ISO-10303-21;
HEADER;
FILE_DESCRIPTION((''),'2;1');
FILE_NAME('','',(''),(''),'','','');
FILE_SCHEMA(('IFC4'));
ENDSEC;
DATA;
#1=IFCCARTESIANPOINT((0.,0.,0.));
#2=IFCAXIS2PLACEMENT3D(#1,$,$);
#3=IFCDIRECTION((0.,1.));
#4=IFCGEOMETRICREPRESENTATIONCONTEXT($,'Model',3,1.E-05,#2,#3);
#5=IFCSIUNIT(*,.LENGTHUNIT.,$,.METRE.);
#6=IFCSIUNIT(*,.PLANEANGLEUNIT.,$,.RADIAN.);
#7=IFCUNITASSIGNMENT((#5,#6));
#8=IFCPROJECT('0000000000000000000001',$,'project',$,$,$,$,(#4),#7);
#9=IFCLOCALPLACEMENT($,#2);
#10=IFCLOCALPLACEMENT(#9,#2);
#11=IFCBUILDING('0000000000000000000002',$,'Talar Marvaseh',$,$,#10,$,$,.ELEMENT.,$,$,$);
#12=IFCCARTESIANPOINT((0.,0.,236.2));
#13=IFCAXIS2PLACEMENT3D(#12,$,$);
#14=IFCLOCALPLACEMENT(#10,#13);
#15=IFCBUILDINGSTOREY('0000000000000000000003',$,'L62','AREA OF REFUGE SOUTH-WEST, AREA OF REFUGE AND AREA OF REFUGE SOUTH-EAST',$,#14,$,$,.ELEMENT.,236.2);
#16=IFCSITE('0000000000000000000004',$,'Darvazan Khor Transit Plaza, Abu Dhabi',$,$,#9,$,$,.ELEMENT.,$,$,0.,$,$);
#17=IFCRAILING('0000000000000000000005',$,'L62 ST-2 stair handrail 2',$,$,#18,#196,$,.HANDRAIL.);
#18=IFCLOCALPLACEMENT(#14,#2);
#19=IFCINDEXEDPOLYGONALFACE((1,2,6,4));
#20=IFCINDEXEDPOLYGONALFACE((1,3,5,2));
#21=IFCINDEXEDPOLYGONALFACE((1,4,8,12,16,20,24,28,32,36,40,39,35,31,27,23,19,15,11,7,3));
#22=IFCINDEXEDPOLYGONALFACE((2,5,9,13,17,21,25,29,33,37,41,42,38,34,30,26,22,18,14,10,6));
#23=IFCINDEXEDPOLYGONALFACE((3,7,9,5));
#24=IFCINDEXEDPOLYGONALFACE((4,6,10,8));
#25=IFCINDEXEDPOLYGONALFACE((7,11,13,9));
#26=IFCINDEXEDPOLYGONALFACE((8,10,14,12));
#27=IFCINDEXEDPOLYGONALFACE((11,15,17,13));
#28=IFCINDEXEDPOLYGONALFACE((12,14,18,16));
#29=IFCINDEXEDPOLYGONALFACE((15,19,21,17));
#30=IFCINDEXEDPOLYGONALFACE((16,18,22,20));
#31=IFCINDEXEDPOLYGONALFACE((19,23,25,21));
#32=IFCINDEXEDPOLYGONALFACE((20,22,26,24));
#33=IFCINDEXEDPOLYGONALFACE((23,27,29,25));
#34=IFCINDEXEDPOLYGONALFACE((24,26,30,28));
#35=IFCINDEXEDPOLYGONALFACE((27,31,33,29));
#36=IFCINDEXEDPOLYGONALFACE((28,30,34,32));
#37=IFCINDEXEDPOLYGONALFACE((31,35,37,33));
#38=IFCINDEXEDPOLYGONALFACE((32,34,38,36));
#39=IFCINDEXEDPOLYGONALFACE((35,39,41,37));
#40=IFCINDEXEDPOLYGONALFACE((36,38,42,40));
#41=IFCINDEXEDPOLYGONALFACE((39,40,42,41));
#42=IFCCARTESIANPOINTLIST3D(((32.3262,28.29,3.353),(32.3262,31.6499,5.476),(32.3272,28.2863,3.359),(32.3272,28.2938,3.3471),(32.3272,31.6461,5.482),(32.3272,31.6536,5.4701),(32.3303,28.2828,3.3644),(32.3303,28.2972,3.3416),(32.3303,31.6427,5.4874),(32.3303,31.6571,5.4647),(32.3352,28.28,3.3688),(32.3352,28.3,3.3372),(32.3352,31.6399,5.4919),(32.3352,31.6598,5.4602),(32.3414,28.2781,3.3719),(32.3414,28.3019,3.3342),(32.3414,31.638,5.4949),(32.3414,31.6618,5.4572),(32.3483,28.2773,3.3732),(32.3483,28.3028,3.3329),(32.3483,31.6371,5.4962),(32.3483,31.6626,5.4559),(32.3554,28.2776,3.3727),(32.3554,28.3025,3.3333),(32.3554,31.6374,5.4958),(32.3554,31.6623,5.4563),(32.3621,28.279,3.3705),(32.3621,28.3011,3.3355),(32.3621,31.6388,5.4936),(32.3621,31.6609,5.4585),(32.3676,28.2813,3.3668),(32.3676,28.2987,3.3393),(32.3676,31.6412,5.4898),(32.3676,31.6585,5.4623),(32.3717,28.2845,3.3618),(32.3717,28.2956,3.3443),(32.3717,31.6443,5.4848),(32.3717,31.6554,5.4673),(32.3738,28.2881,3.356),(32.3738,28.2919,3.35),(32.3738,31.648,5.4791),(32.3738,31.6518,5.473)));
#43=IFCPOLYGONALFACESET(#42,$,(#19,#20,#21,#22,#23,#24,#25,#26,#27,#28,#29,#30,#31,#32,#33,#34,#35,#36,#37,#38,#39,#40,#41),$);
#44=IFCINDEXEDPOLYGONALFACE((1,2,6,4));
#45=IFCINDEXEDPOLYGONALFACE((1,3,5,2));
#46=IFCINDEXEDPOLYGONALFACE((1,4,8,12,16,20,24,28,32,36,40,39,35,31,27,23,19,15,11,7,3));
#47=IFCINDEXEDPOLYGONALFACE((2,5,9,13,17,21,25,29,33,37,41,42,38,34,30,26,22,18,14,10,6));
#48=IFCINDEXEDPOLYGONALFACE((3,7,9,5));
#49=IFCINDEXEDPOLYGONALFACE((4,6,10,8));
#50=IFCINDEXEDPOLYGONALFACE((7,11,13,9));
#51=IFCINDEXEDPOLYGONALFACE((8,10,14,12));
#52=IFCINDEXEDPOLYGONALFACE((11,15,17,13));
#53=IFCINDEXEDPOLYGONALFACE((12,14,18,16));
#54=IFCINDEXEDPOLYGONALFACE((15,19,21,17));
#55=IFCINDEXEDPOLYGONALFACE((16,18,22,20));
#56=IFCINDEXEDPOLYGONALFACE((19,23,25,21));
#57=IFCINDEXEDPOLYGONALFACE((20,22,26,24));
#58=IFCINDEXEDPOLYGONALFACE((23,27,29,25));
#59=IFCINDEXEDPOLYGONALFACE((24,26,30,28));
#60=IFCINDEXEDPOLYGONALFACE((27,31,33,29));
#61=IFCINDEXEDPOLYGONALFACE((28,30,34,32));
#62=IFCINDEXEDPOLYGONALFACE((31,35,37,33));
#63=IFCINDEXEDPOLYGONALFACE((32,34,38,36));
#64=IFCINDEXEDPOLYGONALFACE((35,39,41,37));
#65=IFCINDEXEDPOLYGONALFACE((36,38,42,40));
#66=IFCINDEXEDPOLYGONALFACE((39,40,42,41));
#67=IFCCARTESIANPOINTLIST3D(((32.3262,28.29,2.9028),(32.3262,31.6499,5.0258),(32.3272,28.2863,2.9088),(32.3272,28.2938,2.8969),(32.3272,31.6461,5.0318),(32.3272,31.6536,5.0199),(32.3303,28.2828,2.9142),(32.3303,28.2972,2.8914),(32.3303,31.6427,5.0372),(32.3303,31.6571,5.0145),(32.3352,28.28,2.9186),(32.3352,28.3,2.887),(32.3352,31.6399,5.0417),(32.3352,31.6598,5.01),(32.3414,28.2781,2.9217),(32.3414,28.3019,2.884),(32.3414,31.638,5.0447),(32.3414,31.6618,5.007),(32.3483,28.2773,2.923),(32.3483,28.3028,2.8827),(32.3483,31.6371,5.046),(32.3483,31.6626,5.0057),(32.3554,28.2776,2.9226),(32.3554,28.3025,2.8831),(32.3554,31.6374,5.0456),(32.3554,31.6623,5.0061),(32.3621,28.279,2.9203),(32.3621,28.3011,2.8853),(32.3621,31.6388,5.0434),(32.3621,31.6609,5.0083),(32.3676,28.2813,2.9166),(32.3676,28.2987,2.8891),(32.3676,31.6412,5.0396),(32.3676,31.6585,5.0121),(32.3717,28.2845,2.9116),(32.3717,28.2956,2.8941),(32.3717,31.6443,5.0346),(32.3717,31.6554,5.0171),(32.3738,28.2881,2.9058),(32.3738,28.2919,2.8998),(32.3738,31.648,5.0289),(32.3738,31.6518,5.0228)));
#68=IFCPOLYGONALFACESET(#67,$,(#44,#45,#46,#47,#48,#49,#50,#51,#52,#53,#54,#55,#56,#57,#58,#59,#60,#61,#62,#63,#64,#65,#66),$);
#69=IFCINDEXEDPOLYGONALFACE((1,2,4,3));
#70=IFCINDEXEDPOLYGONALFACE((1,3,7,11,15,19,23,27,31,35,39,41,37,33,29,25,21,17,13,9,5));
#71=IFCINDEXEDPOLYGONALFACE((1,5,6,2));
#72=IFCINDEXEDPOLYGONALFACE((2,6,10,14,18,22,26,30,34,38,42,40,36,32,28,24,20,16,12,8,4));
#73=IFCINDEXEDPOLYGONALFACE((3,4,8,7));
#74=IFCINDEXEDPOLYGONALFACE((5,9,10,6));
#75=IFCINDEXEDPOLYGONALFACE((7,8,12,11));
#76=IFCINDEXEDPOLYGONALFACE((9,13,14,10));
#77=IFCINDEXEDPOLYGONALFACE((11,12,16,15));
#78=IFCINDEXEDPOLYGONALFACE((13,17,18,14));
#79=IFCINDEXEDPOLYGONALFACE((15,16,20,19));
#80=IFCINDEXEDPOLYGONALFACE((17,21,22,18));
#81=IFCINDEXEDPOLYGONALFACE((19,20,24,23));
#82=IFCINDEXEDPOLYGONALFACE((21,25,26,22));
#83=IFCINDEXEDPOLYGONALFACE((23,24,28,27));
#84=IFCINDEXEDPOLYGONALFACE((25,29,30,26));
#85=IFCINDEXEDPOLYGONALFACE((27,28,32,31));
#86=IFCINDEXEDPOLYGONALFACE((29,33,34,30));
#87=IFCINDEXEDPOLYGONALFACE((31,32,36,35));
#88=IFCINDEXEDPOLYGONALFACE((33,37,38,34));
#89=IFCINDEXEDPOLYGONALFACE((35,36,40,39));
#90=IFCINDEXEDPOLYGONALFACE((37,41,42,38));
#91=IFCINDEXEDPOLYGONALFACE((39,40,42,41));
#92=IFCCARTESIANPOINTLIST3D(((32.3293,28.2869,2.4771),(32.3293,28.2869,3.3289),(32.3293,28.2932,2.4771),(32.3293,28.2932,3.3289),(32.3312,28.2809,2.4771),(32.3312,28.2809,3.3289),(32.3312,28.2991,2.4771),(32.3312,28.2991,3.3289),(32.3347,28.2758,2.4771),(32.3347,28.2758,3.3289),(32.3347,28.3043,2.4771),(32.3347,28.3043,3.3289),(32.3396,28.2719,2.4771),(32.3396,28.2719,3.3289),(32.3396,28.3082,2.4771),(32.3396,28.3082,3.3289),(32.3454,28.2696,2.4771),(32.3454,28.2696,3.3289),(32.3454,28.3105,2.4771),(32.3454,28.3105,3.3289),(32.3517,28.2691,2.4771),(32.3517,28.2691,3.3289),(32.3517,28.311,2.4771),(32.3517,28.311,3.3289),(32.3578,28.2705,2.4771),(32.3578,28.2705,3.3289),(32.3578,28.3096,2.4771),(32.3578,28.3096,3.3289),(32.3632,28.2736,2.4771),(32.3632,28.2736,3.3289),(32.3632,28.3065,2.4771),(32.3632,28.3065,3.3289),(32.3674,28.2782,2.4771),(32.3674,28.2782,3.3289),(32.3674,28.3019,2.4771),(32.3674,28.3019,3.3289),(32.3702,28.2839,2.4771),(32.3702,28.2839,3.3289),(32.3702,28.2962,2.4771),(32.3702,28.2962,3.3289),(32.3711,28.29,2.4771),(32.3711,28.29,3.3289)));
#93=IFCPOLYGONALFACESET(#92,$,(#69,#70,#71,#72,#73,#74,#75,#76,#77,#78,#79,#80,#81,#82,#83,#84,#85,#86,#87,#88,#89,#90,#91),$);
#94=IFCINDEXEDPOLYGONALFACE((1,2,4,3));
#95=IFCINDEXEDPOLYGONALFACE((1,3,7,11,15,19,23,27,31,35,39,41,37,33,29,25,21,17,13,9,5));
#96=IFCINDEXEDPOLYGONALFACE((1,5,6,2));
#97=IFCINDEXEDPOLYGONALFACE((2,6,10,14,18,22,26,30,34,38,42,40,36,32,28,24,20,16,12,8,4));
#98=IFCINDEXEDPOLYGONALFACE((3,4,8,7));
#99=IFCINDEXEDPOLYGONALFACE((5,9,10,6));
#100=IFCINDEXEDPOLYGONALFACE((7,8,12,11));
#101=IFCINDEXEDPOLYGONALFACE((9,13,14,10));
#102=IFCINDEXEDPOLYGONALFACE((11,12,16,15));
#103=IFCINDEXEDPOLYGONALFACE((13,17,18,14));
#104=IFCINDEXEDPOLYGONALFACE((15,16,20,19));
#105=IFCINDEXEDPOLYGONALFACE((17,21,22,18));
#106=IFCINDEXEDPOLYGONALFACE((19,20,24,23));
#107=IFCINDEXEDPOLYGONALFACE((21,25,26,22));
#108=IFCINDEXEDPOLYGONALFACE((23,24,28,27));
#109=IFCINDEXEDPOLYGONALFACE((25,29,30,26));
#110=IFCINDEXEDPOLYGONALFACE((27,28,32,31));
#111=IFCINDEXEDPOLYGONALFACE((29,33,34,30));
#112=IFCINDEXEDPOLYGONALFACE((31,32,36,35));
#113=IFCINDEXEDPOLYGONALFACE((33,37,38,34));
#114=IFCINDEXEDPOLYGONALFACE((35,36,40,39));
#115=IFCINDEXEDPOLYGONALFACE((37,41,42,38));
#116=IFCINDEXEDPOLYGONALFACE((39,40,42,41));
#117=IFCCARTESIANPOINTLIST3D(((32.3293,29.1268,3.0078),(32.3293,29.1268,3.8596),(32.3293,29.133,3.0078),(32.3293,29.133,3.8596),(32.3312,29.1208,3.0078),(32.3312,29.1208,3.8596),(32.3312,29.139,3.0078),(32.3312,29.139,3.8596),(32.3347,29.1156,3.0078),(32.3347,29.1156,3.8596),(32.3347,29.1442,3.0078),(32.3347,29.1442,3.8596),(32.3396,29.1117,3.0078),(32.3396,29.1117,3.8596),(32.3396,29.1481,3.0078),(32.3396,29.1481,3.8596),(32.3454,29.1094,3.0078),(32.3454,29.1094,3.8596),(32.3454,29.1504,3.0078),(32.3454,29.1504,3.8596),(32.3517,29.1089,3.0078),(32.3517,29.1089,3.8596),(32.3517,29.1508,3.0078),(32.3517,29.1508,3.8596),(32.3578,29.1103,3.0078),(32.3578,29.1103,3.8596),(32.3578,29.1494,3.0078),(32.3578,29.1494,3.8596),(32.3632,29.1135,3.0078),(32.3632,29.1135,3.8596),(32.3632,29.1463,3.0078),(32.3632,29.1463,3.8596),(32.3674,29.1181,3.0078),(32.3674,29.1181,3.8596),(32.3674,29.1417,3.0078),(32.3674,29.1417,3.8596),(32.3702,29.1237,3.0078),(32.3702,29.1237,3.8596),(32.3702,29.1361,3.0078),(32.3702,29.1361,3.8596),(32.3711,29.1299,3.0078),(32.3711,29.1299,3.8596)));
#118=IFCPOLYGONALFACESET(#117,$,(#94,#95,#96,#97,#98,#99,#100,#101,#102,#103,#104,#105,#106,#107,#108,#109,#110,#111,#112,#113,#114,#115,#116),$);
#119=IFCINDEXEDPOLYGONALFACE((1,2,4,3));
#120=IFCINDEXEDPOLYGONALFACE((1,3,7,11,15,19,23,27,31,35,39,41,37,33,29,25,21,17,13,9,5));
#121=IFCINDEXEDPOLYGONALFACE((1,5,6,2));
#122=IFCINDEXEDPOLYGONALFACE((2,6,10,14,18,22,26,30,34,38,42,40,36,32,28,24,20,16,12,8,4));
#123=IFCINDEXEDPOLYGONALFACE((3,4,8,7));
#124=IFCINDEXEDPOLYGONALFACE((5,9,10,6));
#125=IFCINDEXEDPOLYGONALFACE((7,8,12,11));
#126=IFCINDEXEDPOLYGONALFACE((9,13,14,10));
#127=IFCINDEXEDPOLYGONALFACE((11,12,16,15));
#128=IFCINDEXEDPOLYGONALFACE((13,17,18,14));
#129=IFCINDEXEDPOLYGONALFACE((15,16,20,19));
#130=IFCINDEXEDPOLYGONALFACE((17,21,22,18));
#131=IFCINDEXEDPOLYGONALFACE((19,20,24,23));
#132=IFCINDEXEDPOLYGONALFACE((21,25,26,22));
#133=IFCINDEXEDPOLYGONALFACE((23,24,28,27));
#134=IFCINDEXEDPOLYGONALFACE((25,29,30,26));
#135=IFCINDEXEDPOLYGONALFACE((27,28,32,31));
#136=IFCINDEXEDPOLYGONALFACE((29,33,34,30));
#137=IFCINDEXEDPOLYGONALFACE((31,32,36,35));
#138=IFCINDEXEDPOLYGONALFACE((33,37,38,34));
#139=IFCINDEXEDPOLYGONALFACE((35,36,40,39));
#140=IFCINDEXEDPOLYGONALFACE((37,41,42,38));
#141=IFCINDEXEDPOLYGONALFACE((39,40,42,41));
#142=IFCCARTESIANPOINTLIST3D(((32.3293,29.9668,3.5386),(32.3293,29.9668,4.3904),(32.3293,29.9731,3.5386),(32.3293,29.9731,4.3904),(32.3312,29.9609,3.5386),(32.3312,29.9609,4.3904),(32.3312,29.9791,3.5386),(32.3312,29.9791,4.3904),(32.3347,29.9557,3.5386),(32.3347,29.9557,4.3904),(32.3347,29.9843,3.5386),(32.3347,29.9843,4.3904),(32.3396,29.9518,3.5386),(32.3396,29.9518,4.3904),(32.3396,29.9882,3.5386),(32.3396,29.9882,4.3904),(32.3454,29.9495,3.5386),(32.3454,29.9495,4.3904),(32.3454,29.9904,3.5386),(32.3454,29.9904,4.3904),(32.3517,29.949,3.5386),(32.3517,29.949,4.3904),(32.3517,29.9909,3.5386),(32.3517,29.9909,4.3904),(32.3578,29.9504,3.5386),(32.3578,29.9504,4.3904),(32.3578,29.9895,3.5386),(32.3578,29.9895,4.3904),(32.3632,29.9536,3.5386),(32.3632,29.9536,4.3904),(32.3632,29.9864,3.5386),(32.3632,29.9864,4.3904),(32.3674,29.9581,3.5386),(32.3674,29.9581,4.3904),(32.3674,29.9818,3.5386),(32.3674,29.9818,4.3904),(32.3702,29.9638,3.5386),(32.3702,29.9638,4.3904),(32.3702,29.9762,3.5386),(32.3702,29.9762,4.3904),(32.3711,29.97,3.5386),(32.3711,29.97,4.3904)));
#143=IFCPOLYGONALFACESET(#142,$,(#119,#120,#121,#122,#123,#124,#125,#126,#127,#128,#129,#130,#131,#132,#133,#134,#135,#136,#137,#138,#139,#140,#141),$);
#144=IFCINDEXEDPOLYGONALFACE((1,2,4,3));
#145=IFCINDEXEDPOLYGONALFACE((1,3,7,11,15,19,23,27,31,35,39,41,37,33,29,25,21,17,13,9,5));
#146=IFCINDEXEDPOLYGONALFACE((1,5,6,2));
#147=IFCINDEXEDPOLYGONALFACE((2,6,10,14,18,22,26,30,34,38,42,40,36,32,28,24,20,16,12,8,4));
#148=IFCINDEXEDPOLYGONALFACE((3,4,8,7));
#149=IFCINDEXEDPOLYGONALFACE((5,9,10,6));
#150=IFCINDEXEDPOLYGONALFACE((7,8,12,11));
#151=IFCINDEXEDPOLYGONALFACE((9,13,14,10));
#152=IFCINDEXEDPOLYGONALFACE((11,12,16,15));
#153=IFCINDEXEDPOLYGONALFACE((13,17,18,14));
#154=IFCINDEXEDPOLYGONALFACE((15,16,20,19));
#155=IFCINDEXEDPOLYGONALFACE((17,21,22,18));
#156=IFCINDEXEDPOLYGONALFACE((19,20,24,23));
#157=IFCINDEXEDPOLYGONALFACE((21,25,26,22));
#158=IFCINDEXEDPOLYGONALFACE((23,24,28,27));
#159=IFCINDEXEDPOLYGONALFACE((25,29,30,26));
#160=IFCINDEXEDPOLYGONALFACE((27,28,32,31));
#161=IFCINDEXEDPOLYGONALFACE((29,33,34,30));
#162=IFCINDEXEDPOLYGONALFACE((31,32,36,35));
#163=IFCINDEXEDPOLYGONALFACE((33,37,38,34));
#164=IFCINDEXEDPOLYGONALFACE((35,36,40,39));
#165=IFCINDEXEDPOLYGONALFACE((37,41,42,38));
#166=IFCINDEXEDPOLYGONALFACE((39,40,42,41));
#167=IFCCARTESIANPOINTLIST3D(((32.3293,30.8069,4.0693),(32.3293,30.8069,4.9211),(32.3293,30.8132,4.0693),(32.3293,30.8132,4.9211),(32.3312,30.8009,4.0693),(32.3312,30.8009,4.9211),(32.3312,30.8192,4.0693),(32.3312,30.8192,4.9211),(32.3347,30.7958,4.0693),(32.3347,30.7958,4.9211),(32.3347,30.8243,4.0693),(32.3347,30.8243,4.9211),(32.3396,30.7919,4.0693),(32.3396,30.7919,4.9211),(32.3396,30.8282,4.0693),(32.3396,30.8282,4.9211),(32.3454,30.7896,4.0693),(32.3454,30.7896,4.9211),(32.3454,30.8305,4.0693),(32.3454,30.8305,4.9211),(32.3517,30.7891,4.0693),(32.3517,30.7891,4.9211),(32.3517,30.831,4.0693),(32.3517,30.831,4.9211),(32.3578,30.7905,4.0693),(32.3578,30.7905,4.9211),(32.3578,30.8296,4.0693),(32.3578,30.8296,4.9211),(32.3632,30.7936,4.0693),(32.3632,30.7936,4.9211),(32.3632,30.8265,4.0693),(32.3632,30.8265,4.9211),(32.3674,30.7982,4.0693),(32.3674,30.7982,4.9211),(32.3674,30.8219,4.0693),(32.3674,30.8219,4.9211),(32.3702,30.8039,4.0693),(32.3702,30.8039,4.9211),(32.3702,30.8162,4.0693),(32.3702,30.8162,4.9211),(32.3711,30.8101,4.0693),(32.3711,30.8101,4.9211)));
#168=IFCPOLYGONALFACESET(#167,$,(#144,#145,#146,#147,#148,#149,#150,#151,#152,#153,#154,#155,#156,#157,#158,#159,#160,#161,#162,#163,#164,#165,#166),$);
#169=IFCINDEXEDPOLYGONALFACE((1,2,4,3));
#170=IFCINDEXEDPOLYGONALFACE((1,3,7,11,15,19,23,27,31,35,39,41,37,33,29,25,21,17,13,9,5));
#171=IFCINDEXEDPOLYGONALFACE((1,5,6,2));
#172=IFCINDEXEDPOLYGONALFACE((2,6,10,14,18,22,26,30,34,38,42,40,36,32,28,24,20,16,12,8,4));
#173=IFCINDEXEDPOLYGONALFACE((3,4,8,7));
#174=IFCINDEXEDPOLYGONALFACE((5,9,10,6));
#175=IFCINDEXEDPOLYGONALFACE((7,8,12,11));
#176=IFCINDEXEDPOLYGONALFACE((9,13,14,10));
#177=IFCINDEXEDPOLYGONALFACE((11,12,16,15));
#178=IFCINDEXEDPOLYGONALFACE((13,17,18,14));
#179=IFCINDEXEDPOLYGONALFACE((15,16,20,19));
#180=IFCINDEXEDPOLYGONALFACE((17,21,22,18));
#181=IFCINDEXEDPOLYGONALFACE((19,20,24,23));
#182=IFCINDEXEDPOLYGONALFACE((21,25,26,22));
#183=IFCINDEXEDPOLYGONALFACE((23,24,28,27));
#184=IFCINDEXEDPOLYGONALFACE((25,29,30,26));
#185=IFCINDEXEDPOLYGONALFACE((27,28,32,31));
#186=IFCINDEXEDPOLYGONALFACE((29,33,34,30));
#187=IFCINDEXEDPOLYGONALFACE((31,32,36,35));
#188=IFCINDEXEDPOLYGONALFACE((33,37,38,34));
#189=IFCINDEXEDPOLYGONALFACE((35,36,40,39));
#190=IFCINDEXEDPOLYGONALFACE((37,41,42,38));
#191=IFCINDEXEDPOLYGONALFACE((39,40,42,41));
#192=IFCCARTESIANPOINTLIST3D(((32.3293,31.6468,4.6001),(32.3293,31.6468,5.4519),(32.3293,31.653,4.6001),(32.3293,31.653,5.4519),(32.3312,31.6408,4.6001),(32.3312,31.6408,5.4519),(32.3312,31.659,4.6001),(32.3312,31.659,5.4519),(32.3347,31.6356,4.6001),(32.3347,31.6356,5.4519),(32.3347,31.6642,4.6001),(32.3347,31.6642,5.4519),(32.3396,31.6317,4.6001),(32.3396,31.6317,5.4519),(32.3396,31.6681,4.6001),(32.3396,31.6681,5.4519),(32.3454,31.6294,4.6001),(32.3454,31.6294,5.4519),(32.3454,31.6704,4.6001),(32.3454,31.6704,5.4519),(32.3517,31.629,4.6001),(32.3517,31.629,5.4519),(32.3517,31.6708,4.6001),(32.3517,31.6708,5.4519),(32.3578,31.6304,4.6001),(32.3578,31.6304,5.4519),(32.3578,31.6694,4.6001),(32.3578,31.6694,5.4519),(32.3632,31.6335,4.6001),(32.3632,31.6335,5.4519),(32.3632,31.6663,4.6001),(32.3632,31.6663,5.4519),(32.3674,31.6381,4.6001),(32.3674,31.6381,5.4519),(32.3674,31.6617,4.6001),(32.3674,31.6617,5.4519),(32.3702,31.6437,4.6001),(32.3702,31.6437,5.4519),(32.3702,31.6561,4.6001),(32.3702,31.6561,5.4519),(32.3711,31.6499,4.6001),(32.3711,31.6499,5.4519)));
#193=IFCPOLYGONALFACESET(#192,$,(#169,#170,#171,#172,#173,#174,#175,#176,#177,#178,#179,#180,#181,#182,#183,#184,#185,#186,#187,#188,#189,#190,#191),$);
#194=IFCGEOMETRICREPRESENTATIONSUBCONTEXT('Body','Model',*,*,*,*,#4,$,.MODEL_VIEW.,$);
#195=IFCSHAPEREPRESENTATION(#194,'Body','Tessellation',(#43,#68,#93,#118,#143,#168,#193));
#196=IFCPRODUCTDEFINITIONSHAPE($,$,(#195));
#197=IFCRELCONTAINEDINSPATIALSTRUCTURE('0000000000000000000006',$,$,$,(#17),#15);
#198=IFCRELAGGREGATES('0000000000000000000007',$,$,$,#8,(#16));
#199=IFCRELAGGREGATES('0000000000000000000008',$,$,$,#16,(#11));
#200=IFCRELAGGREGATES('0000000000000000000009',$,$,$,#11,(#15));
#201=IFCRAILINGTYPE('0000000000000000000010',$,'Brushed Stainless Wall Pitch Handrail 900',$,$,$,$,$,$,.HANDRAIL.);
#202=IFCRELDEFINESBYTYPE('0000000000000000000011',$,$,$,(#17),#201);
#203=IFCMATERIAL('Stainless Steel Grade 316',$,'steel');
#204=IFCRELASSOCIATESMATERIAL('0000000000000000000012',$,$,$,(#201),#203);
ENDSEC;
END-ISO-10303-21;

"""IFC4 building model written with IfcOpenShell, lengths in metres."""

from ifc_helpers import new_model, si_unit, direction, frame, origin, origin_2d, place, context, subcontext, project, spatial, circle, extrude, material, type_object, element, save


model = new_model("IFC4")

# Units and contexts
model_context = context("Model", 3, precision=1e-05, world=origin(), true_north=direction((0.0, 1.0)))
body_context = subcontext(model_context, "Body", "Model", "MODEL_VIEW")
ifc_project = project(units=[si_unit("LENGTHUNIT", "METRE"), si_unit("PLANEANGLEUNIT", "RADIAN")], contexts=[model_context])

# Site, building, storey
site_placement = place(None, origin())
site = spatial("IfcSite", under=ifc_project, at=site_placement, Name="Darvazan Khor Transit Plaza, Abu Dhabi", CompositionType="ELEMENT", RefElevation=0.0)
building_placement = place(site_placement, origin())
building = spatial("IfcBuilding", under=site, at=building_placement, Name="Talar Marvaseh", CompositionType="ELEMENT")
storey_placement = place(building_placement, frame((0.0, 0.0, 236.2)))
storey = spatial("IfcBuildingStorey", under=building, at=storey_placement, Name="L62", Description="AREA OF REFUGE SOUTH-WEST, AREA OF REFUGE AND AREA OF REFUGE SOUTH-EAST", CompositionType="ELEMENT", Elevation=236.2)

# Shared definitions
ifc_material_1 = material(Name="Stainless Steel Grade 316", Category="steel")

# Railing
railing_type_1 = type_object("IfcRailingType", Name="Brushed Stainless Wall Pitch Handrail 900", PredefinedType="HANDRAIL", material=ifc_material_1)
railing_1_placement = place(storey_placement, frame((32.3501, 28.29, 2.4771)))
element("IfcRailing", 1, at=railing_1_placement, inside=storey, type_object=railing_type_1, Name="L62 ST-2 stair handrail 2", PredefinedType="HANDRAIL", context=body_context, shape_type="SweptSolid", body=[
    extrude(circle(Radius=0.0239, at=origin_2d()), frame((0.0, 0.0, 0.876), z_axis=(0.0, 0.845372, 0.534178), x_axis=(-1.0, 0.0, 0.0)), (0.0, 0.0, 1.0), 3.9744),
    extrude(circle(Radius=0.0239, at=origin_2d()), frame((0.0, 0.0, 0.4258), z_axis=(0.0, 0.845372, 0.534178), x_axis=(-1.0, 0.0, 0.0)), (0.0, 0.0, 1.0), 3.9744),
    extrude(circle(Radius=0.021, at=origin_2d()), origin(), (0.0, 0.0, 1.0), 0.8518),
    extrude(circle(Radius=0.021, at=origin_2d()), frame((0.0, 0.8398, 0.5308)), (0.0, 0.0, 1.0), 0.8518),
    extrude(circle(Radius=0.021, at=origin_2d()), frame((0.0, 1.6799, 1.0615)), (0.0, 0.0, 1.0), 0.8518),
    extrude(circle(Radius=0.021, at=origin_2d()), frame((0.0, 2.52, 1.5923)), (0.0, 0.0, 1.0), 0.8518),
    extrude(circle(Radius=0.021, at=origin_2d()), frame((0.0, 3.3599, 2.123)), (0.0, 0.0, 1.0), 0.8518),
])

save(model, "model.ifc")
